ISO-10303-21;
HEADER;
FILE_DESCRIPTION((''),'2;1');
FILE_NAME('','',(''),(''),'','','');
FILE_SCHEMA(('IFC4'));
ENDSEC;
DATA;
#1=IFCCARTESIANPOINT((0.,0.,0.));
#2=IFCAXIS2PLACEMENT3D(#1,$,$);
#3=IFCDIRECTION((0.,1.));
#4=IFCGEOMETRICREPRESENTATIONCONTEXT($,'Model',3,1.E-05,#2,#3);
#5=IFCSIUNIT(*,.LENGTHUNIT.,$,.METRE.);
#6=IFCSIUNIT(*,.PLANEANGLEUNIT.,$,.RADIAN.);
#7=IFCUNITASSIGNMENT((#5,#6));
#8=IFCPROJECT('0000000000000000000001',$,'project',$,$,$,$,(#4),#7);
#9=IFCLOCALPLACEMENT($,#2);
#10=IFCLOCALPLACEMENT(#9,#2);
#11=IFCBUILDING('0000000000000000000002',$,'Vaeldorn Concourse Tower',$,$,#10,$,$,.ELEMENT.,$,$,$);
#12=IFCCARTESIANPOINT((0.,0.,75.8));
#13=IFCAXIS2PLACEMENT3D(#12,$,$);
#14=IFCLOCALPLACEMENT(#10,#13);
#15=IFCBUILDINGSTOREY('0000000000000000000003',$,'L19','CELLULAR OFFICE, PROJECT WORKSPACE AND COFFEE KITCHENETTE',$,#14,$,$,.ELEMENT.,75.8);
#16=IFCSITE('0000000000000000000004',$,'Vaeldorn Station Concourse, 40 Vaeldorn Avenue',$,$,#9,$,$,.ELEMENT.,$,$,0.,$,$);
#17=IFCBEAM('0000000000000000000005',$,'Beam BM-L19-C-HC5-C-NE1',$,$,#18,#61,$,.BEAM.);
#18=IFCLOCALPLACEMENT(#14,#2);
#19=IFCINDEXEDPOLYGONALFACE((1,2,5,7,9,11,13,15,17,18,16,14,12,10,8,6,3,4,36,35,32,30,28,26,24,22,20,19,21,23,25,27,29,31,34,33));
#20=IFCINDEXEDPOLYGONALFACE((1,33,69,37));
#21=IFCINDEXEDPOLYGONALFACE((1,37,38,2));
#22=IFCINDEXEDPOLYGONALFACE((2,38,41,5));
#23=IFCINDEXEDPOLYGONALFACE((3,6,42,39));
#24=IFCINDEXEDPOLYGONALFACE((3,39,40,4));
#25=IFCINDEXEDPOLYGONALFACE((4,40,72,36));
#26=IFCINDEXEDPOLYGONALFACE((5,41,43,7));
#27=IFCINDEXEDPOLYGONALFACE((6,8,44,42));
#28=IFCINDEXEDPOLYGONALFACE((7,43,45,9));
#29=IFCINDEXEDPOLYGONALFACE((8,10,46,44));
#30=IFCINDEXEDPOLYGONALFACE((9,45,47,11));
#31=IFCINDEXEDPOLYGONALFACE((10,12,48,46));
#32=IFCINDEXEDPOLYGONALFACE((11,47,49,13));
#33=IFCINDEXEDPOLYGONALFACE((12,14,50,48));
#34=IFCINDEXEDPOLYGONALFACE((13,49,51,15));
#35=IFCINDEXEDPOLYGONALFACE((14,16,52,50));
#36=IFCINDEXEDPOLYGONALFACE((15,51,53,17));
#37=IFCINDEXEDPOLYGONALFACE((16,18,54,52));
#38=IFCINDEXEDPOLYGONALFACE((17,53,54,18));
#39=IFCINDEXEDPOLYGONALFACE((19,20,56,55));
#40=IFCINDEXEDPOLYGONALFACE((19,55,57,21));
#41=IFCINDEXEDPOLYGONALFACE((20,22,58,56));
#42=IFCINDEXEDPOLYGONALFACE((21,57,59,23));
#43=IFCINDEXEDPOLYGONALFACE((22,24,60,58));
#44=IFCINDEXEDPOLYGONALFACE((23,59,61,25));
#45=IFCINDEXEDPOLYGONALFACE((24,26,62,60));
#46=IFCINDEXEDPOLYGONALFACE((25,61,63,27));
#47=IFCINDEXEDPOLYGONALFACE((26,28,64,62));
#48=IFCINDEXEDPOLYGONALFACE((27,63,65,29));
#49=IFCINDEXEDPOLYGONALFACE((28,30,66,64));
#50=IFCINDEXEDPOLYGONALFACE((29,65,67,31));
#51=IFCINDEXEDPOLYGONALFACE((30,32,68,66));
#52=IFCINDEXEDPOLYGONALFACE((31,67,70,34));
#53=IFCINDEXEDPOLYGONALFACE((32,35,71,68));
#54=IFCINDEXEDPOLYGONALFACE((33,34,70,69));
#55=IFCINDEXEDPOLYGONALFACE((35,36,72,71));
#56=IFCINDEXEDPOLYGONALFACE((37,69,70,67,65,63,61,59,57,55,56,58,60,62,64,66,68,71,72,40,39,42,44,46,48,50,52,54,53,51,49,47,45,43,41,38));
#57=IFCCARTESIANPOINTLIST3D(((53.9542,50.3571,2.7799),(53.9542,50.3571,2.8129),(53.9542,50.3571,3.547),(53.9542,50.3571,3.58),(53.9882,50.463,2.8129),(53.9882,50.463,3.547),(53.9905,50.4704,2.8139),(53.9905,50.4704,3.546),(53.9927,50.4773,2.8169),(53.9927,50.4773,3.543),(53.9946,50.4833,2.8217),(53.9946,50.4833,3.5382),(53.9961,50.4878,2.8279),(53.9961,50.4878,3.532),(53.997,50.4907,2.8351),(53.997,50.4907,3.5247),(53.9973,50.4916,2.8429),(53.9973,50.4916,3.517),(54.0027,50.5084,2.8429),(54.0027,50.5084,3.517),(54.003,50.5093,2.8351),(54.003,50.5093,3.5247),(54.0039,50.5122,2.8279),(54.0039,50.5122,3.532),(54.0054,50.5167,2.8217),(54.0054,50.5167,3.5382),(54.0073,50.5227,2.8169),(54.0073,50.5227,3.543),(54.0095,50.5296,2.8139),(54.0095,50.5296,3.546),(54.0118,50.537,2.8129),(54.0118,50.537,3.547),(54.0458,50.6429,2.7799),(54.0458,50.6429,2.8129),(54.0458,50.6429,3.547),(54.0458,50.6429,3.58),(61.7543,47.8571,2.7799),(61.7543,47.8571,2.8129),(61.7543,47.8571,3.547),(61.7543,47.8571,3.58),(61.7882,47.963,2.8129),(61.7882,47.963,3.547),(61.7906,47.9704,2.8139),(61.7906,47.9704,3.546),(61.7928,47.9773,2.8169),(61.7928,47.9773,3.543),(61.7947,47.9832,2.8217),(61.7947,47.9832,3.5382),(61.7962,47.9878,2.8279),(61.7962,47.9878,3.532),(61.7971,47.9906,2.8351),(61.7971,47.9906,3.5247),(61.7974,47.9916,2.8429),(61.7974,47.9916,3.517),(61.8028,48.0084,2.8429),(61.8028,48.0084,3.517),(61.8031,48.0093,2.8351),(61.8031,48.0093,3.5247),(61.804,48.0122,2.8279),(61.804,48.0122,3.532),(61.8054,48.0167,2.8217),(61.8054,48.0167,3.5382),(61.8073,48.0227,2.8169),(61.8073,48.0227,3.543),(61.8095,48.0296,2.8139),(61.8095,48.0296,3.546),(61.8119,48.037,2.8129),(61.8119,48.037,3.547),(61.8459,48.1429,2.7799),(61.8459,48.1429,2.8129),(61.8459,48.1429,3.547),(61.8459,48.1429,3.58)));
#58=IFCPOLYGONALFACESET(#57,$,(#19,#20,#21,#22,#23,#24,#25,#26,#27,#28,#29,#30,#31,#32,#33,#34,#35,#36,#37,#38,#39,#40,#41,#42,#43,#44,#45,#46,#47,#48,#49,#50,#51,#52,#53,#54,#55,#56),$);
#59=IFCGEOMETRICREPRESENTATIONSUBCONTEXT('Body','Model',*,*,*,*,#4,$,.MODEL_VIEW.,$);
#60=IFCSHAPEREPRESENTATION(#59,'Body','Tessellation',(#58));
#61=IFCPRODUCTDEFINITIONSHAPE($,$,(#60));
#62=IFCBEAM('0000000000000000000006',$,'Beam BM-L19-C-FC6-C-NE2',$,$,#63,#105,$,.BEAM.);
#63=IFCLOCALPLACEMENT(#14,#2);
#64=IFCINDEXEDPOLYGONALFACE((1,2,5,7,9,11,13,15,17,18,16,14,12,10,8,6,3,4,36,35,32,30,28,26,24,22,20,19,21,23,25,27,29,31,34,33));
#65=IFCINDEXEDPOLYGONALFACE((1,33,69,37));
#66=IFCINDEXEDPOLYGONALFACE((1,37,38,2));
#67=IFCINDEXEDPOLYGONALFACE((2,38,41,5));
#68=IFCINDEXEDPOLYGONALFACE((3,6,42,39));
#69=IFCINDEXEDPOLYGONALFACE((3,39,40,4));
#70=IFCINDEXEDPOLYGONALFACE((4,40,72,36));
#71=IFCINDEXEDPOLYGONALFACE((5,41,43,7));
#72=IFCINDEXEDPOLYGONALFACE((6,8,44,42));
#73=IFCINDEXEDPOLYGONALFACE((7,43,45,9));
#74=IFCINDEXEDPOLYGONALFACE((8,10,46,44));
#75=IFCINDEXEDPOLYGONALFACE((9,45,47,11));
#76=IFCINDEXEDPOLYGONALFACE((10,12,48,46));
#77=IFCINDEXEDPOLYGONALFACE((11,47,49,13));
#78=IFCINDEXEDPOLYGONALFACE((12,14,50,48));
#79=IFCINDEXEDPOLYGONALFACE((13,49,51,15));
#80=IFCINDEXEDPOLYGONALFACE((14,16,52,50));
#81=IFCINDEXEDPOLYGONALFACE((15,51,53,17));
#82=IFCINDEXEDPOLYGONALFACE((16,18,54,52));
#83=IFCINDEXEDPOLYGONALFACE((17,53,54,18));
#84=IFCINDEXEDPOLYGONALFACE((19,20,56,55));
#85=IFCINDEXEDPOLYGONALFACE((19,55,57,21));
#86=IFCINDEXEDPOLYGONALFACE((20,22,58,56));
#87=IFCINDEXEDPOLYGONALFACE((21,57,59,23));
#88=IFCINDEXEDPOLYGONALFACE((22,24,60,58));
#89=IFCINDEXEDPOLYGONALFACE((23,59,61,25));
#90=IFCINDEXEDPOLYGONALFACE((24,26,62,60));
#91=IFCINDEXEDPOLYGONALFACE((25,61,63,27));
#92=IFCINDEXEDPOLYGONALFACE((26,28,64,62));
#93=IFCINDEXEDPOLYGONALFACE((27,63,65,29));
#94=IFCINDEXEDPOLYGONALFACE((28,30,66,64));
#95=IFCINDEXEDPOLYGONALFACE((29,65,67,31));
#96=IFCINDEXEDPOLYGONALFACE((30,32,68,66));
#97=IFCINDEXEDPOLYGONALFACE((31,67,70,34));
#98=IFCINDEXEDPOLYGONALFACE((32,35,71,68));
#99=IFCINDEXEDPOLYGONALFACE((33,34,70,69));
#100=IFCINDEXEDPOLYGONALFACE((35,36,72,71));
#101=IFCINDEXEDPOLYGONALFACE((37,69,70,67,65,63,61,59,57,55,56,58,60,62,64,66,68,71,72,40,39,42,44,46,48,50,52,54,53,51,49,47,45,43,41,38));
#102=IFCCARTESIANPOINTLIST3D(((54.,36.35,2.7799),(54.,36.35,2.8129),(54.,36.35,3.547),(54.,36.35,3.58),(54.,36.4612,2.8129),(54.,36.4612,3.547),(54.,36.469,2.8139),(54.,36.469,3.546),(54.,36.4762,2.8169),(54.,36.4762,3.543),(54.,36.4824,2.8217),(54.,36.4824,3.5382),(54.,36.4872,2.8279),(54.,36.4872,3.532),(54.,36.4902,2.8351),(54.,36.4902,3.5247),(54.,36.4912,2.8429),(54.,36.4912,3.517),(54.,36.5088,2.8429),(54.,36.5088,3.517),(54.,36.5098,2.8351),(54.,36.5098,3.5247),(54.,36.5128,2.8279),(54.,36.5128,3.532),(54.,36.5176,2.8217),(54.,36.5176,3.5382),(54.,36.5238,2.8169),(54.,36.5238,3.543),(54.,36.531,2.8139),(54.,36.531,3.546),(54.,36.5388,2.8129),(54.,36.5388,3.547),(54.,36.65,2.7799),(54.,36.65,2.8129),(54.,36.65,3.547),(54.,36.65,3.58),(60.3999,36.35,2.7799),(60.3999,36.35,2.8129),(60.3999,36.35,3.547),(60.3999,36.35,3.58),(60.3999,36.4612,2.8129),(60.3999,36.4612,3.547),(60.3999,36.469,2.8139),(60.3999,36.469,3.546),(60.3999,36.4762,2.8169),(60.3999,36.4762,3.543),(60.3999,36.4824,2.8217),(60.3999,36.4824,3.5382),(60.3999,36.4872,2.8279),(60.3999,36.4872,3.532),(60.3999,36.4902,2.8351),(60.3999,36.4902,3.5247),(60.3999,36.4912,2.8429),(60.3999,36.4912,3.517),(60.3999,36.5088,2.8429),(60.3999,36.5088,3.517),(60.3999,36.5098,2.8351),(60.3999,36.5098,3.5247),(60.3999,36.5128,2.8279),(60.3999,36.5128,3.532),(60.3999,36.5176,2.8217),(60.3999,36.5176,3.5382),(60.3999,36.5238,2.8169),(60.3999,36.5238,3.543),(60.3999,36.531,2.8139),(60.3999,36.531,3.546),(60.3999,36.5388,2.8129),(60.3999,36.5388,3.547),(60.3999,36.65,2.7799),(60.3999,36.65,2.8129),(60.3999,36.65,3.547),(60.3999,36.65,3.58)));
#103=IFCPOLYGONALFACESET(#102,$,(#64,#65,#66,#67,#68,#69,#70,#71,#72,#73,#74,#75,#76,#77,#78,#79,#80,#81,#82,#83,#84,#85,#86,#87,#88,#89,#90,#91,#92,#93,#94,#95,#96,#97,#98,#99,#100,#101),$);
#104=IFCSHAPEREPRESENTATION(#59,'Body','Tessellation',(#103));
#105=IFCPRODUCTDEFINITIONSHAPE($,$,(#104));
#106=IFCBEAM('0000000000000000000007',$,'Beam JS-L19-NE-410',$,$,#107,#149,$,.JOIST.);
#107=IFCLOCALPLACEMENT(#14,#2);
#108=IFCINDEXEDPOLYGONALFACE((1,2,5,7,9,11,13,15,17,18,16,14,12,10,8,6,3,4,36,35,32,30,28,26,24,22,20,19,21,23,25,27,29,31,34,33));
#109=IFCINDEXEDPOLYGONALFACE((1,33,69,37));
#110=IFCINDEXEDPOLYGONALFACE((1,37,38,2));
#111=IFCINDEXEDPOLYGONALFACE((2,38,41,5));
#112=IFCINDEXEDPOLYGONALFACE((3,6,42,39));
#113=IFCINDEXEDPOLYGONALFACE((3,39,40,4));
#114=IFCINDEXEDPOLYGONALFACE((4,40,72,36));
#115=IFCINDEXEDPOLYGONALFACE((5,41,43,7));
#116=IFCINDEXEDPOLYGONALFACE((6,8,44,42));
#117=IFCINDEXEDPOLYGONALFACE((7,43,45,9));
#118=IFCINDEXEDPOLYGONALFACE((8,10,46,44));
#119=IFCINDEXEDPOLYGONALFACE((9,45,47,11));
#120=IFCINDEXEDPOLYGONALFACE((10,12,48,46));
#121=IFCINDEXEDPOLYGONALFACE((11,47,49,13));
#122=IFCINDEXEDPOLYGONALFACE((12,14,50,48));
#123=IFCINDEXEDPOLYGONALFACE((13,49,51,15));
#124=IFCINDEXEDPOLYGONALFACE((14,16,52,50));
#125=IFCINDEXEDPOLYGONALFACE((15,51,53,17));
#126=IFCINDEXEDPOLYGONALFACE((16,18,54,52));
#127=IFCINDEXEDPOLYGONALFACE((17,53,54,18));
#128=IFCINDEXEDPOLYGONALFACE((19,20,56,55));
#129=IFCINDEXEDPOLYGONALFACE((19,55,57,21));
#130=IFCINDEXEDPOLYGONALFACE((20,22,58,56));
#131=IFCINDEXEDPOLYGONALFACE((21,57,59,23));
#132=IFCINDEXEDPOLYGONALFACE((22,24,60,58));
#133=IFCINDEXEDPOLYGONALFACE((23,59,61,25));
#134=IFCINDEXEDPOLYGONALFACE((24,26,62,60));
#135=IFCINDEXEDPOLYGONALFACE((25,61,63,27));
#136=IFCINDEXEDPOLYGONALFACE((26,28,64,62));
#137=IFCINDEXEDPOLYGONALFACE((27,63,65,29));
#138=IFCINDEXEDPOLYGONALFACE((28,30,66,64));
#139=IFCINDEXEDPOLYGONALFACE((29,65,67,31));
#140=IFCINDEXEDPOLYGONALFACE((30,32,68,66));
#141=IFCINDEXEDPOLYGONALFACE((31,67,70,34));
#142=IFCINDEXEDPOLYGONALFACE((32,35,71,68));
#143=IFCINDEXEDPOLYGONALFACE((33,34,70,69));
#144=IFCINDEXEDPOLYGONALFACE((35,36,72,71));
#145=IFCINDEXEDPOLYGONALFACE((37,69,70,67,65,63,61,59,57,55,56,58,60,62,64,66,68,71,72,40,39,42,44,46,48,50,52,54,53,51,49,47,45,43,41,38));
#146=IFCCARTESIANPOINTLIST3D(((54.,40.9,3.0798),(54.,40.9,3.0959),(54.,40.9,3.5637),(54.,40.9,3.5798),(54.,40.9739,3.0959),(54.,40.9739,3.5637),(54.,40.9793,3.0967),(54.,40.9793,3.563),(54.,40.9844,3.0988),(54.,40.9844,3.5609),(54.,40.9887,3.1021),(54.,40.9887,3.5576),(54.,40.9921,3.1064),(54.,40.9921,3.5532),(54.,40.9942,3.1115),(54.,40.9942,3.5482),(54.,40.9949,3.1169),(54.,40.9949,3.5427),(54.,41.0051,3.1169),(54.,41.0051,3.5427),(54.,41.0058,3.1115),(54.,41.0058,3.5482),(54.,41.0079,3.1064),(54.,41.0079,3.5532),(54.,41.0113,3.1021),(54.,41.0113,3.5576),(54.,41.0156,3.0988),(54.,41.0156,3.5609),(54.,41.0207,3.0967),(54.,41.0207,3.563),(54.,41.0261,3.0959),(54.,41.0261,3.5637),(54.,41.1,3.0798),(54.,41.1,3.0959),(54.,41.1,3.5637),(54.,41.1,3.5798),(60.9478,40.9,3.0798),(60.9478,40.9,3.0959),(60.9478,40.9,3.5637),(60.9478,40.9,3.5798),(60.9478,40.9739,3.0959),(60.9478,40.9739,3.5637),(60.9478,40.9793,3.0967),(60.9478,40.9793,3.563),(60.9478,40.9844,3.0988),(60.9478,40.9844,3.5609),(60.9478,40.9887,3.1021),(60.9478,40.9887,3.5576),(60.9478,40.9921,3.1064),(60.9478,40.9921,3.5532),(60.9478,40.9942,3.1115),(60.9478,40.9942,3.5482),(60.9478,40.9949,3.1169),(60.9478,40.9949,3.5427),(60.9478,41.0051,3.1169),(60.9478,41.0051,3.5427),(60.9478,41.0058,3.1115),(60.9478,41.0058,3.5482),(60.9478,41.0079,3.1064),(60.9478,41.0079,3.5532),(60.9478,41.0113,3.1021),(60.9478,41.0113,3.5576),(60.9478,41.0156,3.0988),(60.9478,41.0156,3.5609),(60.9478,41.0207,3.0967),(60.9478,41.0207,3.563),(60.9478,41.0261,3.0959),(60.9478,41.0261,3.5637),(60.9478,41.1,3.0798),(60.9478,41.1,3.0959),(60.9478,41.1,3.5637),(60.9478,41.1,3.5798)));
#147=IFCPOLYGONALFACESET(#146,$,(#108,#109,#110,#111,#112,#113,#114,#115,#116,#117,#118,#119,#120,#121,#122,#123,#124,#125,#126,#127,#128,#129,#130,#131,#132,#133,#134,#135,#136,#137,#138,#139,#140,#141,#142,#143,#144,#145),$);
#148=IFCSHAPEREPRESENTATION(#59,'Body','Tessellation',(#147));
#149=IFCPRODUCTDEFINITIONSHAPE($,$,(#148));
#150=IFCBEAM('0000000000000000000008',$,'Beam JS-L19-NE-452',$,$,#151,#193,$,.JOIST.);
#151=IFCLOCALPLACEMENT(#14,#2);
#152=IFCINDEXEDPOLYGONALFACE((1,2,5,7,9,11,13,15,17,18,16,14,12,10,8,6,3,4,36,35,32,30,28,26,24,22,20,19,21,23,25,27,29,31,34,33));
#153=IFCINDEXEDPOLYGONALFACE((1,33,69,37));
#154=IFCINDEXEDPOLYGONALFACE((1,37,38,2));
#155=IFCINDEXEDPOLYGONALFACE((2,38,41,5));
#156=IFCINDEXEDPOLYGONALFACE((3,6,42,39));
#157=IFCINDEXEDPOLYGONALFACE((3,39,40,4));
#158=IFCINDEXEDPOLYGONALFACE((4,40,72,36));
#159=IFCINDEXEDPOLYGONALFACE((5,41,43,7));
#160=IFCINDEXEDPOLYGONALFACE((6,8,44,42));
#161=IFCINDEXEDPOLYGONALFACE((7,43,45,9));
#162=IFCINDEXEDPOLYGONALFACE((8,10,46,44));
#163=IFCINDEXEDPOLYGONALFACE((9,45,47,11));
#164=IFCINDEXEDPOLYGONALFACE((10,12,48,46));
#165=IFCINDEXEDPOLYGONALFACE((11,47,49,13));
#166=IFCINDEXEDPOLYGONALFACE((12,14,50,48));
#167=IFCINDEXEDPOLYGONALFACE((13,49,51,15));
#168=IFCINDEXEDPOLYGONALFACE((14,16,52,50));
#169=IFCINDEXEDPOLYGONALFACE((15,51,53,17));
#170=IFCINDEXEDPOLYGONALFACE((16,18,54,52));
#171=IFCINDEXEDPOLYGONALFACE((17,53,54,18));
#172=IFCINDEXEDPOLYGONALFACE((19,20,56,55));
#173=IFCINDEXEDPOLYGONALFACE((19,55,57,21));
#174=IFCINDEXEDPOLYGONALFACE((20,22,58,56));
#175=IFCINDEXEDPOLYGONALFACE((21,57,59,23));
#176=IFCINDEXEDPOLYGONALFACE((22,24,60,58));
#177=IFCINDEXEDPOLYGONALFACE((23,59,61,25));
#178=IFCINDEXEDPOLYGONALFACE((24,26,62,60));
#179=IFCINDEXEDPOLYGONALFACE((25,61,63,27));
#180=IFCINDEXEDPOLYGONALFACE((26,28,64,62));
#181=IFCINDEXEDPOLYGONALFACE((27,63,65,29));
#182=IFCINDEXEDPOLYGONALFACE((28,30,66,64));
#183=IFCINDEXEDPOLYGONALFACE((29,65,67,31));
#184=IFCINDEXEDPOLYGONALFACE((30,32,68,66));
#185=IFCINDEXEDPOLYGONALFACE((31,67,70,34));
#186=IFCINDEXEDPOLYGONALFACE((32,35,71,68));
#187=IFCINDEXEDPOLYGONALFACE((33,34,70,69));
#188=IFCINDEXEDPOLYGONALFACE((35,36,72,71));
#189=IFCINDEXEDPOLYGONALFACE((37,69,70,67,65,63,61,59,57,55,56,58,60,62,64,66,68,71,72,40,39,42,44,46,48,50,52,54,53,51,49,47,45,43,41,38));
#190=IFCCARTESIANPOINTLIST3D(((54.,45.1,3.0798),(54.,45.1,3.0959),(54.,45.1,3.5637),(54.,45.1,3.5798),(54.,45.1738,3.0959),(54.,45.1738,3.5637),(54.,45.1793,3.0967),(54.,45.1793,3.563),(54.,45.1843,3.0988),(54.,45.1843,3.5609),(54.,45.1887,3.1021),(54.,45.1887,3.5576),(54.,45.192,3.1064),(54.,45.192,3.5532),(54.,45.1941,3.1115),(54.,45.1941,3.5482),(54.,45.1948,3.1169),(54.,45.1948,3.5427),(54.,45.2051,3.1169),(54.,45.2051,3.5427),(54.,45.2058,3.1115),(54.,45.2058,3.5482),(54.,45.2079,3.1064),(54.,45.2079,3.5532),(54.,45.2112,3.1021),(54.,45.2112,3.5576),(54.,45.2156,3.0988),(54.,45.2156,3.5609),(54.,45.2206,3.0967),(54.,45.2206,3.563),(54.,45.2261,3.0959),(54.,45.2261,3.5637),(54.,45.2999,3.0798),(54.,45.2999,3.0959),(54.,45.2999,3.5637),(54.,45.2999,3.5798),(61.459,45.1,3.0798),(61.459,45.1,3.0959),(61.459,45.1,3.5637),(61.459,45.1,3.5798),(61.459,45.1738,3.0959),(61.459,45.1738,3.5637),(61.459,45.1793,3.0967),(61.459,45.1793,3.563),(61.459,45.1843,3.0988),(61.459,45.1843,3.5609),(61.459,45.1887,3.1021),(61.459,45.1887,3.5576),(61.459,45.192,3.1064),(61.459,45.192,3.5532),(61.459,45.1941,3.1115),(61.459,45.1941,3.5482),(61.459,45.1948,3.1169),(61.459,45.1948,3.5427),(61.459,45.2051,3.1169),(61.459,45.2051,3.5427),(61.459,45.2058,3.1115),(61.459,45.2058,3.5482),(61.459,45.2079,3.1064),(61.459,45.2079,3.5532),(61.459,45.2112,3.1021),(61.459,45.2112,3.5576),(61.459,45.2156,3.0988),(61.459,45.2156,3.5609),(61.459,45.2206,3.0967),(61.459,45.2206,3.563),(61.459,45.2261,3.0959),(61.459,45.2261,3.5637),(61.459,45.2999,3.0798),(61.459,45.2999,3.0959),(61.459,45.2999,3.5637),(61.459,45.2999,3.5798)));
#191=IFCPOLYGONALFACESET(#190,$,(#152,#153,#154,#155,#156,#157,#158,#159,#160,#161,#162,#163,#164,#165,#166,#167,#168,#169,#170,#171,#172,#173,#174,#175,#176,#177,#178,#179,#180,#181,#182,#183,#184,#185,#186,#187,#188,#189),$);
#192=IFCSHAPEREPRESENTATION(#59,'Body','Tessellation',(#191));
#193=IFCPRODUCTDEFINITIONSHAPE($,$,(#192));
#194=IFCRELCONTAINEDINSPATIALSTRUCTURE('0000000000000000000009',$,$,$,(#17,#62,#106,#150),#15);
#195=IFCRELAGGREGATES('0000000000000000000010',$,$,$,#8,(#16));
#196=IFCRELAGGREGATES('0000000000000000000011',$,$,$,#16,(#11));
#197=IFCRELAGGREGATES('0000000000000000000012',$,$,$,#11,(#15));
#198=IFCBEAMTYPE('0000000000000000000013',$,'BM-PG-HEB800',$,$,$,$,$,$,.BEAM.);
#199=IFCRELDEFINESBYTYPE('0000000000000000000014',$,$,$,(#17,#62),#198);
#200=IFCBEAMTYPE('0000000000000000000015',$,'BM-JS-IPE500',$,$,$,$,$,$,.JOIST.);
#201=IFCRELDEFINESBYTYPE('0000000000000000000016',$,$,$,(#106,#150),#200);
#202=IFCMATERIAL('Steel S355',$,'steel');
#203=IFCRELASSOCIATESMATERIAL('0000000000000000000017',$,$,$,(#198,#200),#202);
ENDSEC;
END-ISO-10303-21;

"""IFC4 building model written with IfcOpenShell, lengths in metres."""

from ifc_helpers import new_model, si_unit, direction, frame, origin, origin_2d, place, context, subcontext, project, spatial, i_section, extrude, source, transform, mapped, material, material_profile, profile_set, type_object, element, save


model = new_model("IFC4")

# Units and contexts
model_context = context("Model", 3, precision=1e-05, world=origin(), true_north=direction((0.0, 1.0)))
body_context = subcontext(model_context, "Body", "Model", "MODEL_VIEW")
ifc_project = project(units=[si_unit("LENGTHUNIT", "METRE"), si_unit("PLANEANGLEUNIT", "RADIAN")], contexts=[model_context])

# Site, building, storey
site_placement = place(None, origin())
site = spatial("IfcSite", under=ifc_project, at=site_placement, Name="Vaeldorn Station Concourse, 40 Vaeldorn Avenue", CompositionType="ELEMENT", RefElevation=0.0)
building_placement = place(site_placement, origin())
building = spatial("IfcBuilding", under=site, at=building_placement, Name="Vaeldorn Concourse Tower", CompositionType="ELEMENT")
storey_placement = place(building_placement, frame((0.0, 0.0, 75.8)))
storey = spatial("IfcBuildingStorey", under=building, at=storey_placement, Name="L19", Description="CELLULAR OFFICE, PROJECT WORKSPACE AND COFFEE KITCHENETTE", CompositionType="ELEMENT", Elevation=75.8)

# Beams
ifc_material_1 = material(Name="Steel S355", Category="steel")
ifc_material_profile_1 = material_profile(ifc_material_1, i_section(OverallWidth=0.3, OverallDepth=0.8, WebThickness=0.0176, FlangeThickness=0.033, FilletRadius=0.03, at=origin_2d()), Name="HEB 800")
ifc_profile_set_1 = profile_set([ifc_material_profile_1], Name="Steel S355")
beam_type_1 = type_object("IfcBeamType", Name="BM-PG-HEB800", PredefinedType="BEAM", material=ifc_profile_set_1)
shared_shape_1 = source(origin(), body_context, "Body", "SweptSolid", [
    extrude(i_section(OverallWidth=0.3, OverallDepth=0.8, WebThickness=0.0176, FlangeThickness=0.033, FilletRadius=0.03, at=origin_2d()), origin(), (0.0, 0.0, 1.0), 8.1909),
])
beam_1_placement = place(storey_placement, frame((54.0, 50.5, 3.1799), z_axis=(0.952283, -0.305217, 0.0), x_axis=(0.305217, 0.952283, 0.0)))
element("IfcBeam", 1, at=beam_1_placement, inside=storey, type_object=beam_type_1, Name="Beam BM-L19-C-HC5-C-NE1", PredefinedType="BEAM", context=body_context, shape_type="MappedRepresentation", body=[
    mapped(shared_shape_1, transform((0.0, 0.0, 0.0), scale=1.0)),
])
shared_shape_2 = source(origin(), body_context, "Body", "SweptSolid", [
    extrude(i_section(OverallWidth=0.3, OverallDepth=0.8, WebThickness=0.0176, FlangeThickness=0.033, FilletRadius=0.03, at=origin_2d()), origin(), (0.0, 0.0, 1.0), 6.3999),
])
beam_2_placement = place(storey_placement, frame((54.0, 36.5, 3.1799), z_axis=(1.0, 0.0, 0.0), x_axis=(0.0, 1.0, 0.0)))
element("IfcBeam", 2, at=beam_2_placement, inside=storey, type_object=beam_type_1, Name="Beam BM-L19-C-FC6-C-NE2", PredefinedType="BEAM", context=body_context, shape_type="MappedRepresentation", body=[
    mapped(shared_shape_2, transform((0.0, 0.0, 0.0), scale=1.0)),
])
ifc_material_profile_2 = material_profile(ifc_material_1, i_section(OverallWidth=0.2, OverallDepth=0.5, WebThickness=0.0103, FlangeThickness=0.0161, FilletRadius=0.021, at=origin_2d()), Name="IPE 500")
ifc_profile_set_2 = profile_set([ifc_material_profile_2], Name="Steel S355")
beam_type_2 = type_object("IfcBeamType", Name="BM-JS-IPE500", PredefinedType="JOIST", material=ifc_profile_set_2)
shared_shape_3 = source(origin(), body_context, "Body", "SweptSolid", [
    extrude(i_section(OverallWidth=0.2, OverallDepth=0.5, WebThickness=0.0103, FlangeThickness=0.0161, FilletRadius=0.021, at=origin_2d()), origin(), (0.0, 0.0, 1.0), 6.9478),
])
beam_3_placement = place(storey_placement, frame((54.0, 41.0, 3.3298), z_axis=(1.0, 0.0, 0.0), x_axis=(0.0, 1.0, 0.0)))
element("IfcBeam", 3, at=beam_3_placement, inside=storey, type_object=beam_type_2, Name="Beam JS-L19-NE-410", PredefinedType="JOIST", context=body_context, shape_type="MappedRepresentation", body=[
    mapped(shared_shape_3, transform((0.0, 0.0, 0.0), scale=1.0)),
])
shared_shape_4 = source(origin(), body_context, "Body", "SweptSolid", [
    extrude(i_section(OverallWidth=0.2, OverallDepth=0.5, WebThickness=0.0103, FlangeThickness=0.0161, FilletRadius=0.021, at=origin_2d()), origin(), (0.0, 0.0, 1.0), 7.459),
])
beam_4_placement = place(storey_placement, frame((54.0, 45.2, 3.3298), z_axis=(1.0, 0.0, 0.0), x_axis=(0.0, 1.0, 0.0)))
element("IfcBeam", 4, at=beam_4_placement, inside=storey, type_object=beam_type_2, Name="Beam JS-L19-NE-452", PredefinedType="JOIST", context=body_context, shape_type="MappedRepresentation", body=[
    mapped(shared_shape_4, transform((0.0, 0.0, 0.0), scale=1.0)),
])

save(model, "model.ifc")
